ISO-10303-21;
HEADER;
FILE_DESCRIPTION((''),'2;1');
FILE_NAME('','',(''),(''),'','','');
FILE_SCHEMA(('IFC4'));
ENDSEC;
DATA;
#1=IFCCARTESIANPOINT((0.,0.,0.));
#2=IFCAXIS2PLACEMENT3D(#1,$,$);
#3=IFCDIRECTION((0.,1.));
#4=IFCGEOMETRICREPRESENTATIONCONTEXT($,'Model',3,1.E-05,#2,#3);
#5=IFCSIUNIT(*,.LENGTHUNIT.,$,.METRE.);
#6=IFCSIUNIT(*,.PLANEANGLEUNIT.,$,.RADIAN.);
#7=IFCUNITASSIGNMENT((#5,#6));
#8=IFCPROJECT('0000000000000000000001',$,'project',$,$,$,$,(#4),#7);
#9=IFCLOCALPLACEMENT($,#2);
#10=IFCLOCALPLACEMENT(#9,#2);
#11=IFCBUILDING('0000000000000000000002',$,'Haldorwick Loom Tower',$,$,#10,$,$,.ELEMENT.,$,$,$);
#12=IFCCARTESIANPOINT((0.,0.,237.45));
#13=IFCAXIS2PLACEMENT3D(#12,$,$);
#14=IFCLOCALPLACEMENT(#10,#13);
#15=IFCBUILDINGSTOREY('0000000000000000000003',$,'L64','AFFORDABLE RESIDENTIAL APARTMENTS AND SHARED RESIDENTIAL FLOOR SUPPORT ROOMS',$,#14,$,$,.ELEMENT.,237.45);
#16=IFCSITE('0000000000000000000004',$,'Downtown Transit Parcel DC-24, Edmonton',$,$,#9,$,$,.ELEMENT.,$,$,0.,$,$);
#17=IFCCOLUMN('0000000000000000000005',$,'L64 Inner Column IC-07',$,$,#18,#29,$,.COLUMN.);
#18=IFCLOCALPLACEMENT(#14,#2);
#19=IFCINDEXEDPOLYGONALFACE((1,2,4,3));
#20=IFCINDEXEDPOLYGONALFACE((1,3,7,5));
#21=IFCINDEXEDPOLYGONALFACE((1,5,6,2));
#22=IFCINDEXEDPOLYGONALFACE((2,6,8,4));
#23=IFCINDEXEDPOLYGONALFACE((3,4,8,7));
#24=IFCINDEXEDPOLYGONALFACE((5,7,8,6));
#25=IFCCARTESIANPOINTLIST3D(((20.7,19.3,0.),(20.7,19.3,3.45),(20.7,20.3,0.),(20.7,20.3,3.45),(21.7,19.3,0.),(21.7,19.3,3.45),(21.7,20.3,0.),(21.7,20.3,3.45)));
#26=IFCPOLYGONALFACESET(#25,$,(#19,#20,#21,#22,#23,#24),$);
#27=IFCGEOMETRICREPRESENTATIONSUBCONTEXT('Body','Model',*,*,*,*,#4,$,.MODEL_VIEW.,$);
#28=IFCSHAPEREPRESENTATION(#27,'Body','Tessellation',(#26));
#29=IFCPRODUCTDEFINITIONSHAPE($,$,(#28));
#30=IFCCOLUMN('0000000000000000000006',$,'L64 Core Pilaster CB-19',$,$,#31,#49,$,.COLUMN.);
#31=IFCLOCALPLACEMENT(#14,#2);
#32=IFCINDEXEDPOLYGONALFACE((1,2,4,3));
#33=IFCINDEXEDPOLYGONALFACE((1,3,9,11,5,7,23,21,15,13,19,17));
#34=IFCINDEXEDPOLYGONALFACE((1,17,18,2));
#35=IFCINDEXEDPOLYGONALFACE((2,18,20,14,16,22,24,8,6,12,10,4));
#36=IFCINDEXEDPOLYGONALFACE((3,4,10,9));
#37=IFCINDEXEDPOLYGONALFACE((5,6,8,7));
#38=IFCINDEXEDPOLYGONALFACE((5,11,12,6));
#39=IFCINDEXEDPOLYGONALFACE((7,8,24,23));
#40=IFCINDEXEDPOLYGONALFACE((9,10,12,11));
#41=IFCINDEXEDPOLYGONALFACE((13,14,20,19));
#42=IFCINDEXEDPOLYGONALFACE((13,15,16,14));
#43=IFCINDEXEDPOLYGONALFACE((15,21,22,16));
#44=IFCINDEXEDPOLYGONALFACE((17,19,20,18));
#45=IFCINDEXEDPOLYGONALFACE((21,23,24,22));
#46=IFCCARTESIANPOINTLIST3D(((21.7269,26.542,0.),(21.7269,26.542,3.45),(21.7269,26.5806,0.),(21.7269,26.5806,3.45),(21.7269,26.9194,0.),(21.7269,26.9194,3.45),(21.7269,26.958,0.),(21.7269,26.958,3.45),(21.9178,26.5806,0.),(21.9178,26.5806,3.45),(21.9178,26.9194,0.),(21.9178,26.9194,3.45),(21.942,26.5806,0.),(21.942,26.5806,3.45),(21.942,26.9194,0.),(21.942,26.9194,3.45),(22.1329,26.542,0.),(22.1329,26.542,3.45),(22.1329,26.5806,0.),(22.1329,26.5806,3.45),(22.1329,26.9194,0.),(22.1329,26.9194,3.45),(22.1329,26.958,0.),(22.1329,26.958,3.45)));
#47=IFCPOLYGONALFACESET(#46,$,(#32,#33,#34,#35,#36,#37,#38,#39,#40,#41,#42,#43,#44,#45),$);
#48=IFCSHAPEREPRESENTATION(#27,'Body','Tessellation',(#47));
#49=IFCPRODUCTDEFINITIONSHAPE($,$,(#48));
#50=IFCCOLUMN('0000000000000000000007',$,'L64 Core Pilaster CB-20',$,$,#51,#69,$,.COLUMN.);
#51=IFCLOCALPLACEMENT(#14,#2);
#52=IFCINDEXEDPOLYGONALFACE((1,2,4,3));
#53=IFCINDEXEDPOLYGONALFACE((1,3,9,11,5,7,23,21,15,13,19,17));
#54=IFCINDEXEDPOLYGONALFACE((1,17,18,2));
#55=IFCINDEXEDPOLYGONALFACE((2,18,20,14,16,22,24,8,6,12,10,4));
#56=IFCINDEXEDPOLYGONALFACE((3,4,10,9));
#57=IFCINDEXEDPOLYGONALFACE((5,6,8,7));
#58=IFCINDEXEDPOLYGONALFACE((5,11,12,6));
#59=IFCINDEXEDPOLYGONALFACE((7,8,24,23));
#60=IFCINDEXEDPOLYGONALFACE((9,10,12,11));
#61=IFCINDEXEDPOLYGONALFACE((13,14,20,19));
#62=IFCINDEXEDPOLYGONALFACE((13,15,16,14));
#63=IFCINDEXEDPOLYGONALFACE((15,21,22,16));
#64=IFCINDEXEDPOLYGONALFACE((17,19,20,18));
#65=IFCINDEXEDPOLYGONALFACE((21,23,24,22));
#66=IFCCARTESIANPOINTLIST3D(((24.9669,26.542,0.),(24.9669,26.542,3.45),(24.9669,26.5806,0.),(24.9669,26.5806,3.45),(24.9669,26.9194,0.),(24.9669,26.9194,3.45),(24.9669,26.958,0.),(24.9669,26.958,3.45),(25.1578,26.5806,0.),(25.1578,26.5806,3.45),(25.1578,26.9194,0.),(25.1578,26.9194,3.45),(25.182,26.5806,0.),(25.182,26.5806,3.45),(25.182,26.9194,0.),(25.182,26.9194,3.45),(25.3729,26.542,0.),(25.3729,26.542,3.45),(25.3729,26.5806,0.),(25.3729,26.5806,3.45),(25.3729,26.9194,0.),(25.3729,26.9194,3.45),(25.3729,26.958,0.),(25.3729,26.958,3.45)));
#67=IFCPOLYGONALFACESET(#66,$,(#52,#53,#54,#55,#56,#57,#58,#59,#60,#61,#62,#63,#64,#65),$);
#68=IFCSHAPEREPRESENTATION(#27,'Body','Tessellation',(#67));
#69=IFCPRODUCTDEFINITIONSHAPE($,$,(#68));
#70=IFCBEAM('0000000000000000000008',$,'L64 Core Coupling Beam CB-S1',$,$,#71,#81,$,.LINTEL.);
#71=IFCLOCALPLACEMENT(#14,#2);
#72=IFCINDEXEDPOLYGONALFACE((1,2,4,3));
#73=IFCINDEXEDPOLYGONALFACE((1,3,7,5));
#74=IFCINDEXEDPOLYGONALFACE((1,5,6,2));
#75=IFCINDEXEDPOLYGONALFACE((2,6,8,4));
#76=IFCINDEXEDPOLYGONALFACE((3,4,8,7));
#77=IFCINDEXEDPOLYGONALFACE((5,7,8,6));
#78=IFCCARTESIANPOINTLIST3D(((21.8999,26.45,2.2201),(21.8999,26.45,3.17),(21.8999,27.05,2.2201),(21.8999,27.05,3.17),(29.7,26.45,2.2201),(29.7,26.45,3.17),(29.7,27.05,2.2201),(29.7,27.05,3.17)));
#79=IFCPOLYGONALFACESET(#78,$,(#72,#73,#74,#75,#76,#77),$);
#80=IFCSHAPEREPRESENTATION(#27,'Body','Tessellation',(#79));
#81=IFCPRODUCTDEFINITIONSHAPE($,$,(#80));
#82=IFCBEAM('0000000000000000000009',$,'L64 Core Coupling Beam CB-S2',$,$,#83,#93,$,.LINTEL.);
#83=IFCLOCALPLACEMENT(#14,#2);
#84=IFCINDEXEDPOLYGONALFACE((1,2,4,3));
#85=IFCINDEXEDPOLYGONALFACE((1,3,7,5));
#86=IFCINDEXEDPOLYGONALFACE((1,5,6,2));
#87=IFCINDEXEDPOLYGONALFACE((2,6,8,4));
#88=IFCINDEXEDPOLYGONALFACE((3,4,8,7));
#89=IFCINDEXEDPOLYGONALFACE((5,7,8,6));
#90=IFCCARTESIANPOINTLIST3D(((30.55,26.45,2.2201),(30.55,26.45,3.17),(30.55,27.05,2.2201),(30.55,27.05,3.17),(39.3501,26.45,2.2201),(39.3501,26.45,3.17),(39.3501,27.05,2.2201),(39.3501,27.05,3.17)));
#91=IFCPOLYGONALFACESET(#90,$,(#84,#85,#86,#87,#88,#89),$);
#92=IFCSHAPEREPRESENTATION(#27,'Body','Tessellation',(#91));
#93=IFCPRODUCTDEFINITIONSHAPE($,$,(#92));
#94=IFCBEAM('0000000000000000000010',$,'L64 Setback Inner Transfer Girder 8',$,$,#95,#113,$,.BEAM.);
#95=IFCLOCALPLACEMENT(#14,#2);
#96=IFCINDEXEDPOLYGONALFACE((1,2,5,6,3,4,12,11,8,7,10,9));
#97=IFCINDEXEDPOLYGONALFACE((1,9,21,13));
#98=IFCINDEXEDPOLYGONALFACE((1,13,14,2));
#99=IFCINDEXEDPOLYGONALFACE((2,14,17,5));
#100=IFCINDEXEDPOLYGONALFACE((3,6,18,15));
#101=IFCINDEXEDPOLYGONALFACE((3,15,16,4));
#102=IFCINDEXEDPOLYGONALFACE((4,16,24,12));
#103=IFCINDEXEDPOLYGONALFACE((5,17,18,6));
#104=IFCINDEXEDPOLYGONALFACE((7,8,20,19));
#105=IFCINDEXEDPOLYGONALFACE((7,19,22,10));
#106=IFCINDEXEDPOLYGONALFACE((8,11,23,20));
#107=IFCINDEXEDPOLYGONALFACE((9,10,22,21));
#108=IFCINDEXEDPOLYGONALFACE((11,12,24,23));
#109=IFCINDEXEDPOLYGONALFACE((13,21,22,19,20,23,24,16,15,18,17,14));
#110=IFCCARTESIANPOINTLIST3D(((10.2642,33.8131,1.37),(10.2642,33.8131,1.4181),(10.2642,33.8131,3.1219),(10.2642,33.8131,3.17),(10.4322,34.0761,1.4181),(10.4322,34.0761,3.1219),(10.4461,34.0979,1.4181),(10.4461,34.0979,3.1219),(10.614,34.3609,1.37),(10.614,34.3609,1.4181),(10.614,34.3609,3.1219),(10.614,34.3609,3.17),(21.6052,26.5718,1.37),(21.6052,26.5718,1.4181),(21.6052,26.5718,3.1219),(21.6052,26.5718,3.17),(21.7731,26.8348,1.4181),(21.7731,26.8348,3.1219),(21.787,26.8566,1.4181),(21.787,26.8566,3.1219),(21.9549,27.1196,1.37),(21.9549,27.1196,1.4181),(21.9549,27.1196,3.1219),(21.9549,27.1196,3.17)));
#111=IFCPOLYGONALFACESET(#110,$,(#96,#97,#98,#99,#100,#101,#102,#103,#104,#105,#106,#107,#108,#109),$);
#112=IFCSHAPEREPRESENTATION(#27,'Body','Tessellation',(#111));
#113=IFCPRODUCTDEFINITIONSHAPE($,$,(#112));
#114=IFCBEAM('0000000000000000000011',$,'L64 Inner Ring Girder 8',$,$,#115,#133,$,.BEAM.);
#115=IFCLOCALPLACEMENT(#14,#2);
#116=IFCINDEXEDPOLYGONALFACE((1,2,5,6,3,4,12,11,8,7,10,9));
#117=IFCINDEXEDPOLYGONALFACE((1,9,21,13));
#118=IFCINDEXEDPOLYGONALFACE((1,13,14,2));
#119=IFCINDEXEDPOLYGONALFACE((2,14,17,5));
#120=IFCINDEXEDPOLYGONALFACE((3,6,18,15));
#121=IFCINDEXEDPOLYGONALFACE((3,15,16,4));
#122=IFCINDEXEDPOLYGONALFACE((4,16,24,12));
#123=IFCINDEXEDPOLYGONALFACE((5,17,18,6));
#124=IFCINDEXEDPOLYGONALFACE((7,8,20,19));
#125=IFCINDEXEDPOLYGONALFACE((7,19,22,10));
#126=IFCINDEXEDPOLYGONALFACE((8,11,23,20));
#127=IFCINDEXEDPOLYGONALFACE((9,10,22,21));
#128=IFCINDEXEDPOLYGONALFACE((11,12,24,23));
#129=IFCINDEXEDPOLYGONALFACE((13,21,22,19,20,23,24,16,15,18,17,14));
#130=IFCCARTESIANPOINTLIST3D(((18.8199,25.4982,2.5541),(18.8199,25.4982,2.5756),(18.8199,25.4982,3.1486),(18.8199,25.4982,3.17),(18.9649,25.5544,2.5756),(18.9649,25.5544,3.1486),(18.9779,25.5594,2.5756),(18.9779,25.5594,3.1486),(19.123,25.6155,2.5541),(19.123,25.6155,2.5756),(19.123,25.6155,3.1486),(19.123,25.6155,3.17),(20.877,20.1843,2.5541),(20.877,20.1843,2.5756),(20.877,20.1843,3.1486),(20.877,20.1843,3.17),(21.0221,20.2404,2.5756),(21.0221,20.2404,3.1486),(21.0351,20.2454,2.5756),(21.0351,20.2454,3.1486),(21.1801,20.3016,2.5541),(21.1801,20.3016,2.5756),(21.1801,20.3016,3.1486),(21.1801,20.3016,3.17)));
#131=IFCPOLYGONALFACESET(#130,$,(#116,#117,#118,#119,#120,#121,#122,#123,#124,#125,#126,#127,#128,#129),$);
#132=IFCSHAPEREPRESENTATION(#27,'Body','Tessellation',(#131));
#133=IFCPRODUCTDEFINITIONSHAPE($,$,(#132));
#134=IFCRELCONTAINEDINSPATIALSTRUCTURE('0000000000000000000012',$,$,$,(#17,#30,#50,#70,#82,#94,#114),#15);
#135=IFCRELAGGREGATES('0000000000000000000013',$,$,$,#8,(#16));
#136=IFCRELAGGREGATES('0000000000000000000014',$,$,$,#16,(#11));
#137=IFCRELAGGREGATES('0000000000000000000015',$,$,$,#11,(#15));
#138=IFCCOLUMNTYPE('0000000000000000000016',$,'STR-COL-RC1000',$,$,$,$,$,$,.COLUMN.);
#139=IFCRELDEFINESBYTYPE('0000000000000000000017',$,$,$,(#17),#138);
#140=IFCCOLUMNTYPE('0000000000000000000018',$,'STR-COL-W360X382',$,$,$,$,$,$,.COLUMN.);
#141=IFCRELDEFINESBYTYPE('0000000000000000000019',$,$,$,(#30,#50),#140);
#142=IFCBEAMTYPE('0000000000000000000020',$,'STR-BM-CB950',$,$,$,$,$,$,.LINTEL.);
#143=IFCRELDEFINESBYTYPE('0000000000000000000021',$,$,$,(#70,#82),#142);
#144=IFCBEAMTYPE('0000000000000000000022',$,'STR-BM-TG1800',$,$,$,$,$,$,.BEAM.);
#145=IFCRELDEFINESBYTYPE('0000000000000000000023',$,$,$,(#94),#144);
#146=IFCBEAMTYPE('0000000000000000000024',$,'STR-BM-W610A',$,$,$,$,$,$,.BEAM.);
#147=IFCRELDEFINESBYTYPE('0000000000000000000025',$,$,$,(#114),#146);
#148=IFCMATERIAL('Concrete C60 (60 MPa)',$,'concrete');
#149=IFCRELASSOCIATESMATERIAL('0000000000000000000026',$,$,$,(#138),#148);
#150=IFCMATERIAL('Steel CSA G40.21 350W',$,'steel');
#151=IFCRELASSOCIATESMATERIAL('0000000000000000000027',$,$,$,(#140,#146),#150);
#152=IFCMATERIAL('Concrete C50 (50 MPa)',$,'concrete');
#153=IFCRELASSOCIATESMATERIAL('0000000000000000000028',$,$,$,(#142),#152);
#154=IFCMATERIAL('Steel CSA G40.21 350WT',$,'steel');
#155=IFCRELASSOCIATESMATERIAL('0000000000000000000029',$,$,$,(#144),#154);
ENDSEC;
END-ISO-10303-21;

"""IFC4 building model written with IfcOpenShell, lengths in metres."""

from ifc_helpers import new_model, si_unit, direction, frame, origin, origin_2d, place, context, subcontext, project, spatial, rectangle, i_section, extrude, material, material_profile, profile_set, type_object, element, save


model = new_model("IFC4")

# Units and contexts
model_context = context("Model", 3, precision=1e-05, world=origin(), true_north=direction((0.0, 1.0)))
body_context = subcontext(model_context, "Body", "Model", "MODEL_VIEW")
ifc_project = project(units=[si_unit("LENGTHUNIT", "METRE"), si_unit("PLANEANGLEUNIT", "RADIAN")], contexts=[model_context])

# Site, building, storey
site_placement = place(None, origin())
site = spatial("IfcSite", under=ifc_project, at=site_placement, Name="Downtown Transit Parcel DC-24, Edmonton", CompositionType="ELEMENT", RefElevation=0.0)
building_placement = place(site_placement, origin())
building = spatial("IfcBuilding", under=site, at=building_placement, Name="Haldorwick Loom Tower", CompositionType="ELEMENT")
storey_placement = place(building_placement, frame((0.0, 0.0, 237.45)))
storey = spatial("IfcBuildingStorey", under=building, at=storey_placement, Name="L64", Description="AFFORDABLE RESIDENTIAL APARTMENTS AND SHARED RESIDENTIAL FLOOR SUPPORT ROOMS", CompositionType="ELEMENT", Elevation=237.45)

# Columns
ifc_material_1 = material(Name="Concrete C60 (60 MPa)", Category="concrete")
ifc_material_profile_1 = material_profile(ifc_material_1, rectangle(XDim=1.0, YDim=1.0, at=origin_2d()), Name="RC1000X1000", Category="concrete")
ifc_profile_set_1 = profile_set([ifc_material_profile_1], Name="Concrete C60 (60 MPa)")
column_type_1 = type_object("IfcColumnType", Name="STR-COL-RC1000", PredefinedType="COLUMN", material=ifc_profile_set_1)
column_placement = place(storey_placement, frame((21.2, 19.8, 0.0), z_axis=(0.0, 0.0, 1.0), x_axis=(1.0, 0.0, 0.0)))
element("IfcColumn", 1, at=column_placement, inside=storey, type_object=column_type_1, Name="L64 Inner Column IC-07", PredefinedType="COLUMN", context=body_context, shape_type="SweptSolid", body=[
    extrude(rectangle(XDim=1.0, YDim=1.0, at=origin_2d()), origin(), (0.0, 0.0, 1.0), 3.45),
])
ifc_material_2 = material(Name="Steel CSA G40.21 350W", Category="steel")
ifc_material_profile_2 = material_profile(ifc_material_2, i_section(OverallWidth=0.406, OverallDepth=0.416, WebThickness=0.0242, FlangeThickness=0.0386, at=origin_2d()), Name="W360X382", Category="steel")
ifc_profile_set_2 = profile_set([ifc_material_profile_2], Name="Steel CSA G40.21 350W")
column_type_2 = type_object("IfcColumnType", Name="STR-COL-W360X382", PredefinedType="COLUMN", material=ifc_profile_set_2)
for number, where, z_axis, x_axis, name in (
    (2, (21.9299, 26.75, 0.0), (0.0, 0.0, 1.0), (1.0, 0.0, 0.0), "L64 Core Pilaster CB-19"),
    (3, (25.1699, 26.75, 0.0), (0.0, 0.0, 1.0), (1.0, 0.0, 0.0), "L64 Core Pilaster CB-20"),
):
    element("IfcColumn", number, at=place(storey_placement, frame(where, z_axis=z_axis, x_axis=x_axis)), inside=storey, type_object=column_type_2, Name=name, PredefinedType="COLUMN", context=body_context, shape_type="SweptSolid", body=[
        extrude(i_section(OverallWidth=0.406, OverallDepth=0.416, WebThickness=0.0242, FlangeThickness=0.0386, at=origin_2d()), origin(), (0.0, 0.0, 1.0), 3.45),
    ])

# Beams
ifc_material_3 = material(Name="Concrete C50 (50 MPa)", Category="concrete")
ifc_material_profile_3 = material_profile(ifc_material_3, rectangle(XDim=0.6001, YDim=0.95, at=origin_2d()), Name="RC600X950", Category="concrete")
ifc_profile_set_3 = profile_set([ifc_material_profile_3], Name="Concrete C50 (50 MPa)")
beam_type_1 = type_object("IfcBeamType", Name="STR-BM-CB950", PredefinedType="LINTEL", material=ifc_profile_set_3)
beam_1_placement = place(storey_placement, frame((21.8999, 26.75, 2.6951), z_axis=(1.0, 0.0, 0.0), x_axis=(0.0, 1.0, 0.0)))
element("IfcBeam", 4, at=beam_1_placement, inside=storey, type_object=beam_type_1, Name="L64 Core Coupling Beam CB-S1", PredefinedType="LINTEL", context=body_context, shape_type="SweptSolid", body=[
    extrude(rectangle(XDim=0.6001, YDim=0.95, at=origin_2d()), origin(), (0.0, 0.0, 1.0), 7.8),
])
beam_2_placement = place(storey_placement, frame((30.55, 26.75, 2.6951), z_axis=(1.0, 0.0, 0.0), x_axis=(0.0, 1.0, 0.0)))
element("IfcBeam", 5, at=beam_2_placement, inside=storey, type_object=beam_type_1, Name="L64 Core Coupling Beam CB-S2", PredefinedType="LINTEL", context=body_context, shape_type="SweptSolid", body=[
    extrude(rectangle(XDim=0.6001, YDim=0.95, at=origin_2d()), origin(), (0.0, 0.0, 1.0), 8.8),
])
ifc_material_4 = material(Name="Steel CSA G40.21 350WT", Category="steel")
ifc_material_profile_4 = material_profile(ifc_material_4, i_section(OverallWidth=0.6499, OverallDepth=1.8, WebThickness=0.0259, FlangeThickness=0.0481, at=origin_2d()), Name="WWF1800X650", Category="steel")
ifc_profile_set_4 = profile_set([ifc_material_profile_4], Name="Steel CSA G40.21 350WT")
beam_type_2 = type_object("IfcBeamType", Name="STR-BM-TG1800", PredefinedType="BEAM", material=ifc_profile_set_4)
beam_3_placement = place(storey_placement, frame((21.78, 26.8457, 2.27), z_axis=(-0.842842, 0.538162, 0.0), x_axis=(-0.538162, -0.842842, 0.0)))
element("IfcBeam", 6, at=beam_3_placement, inside=storey, type_object=beam_type_2, Name="L64 Setback Inner Transfer Girder 8", PredefinedType="BEAM", context=body_context, shape_type="SweptSolid", body=[
    extrude(i_section(OverallWidth=0.6499, OverallDepth=1.8, WebThickness=0.0259, FlangeThickness=0.0481, at=origin_2d()), origin(), (0.0, 0.0, 1.0), 13.4556),
])
ifc_material_profile_5 = material_profile(ifc_material_2, i_section(OverallWidth=0.325, OverallDepth=0.616, WebThickness=0.0139, FlangeThickness=0.0215, at=origin_2d()), Name="W610X174", Category="steel")
ifc_profile_set_5 = profile_set([ifc_material_profile_5], Name="Steel CSA G40.21 350W")
beam_type_3 = type_object("IfcBeamType", Name="STR-BM-W610A", PredefinedType="BEAM", material=ifc_profile_set_5)
beam_4_placement = place(storey_placement, frame((21.0286, 20.2429, 2.8621), z_axis=(-0.361011, 0.932562, 0.0), x_axis=(-0.932562, -0.361011, 0.0)))
element("IfcBeam", 7, at=beam_4_placement, inside=storey, type_object=beam_type_3, Name="L64 Inner Ring Girder 8", PredefinedType="BEAM", context=body_context, shape_type="SweptSolid", body=[
    extrude(i_section(OverallWidth=0.325, OverallDepth=0.616, WebThickness=0.0139, FlangeThickness=0.0215, at=origin_2d()), origin(), (0.0, 0.0, 1.0), 5.6982),
])

save(model, "model.ifc")
